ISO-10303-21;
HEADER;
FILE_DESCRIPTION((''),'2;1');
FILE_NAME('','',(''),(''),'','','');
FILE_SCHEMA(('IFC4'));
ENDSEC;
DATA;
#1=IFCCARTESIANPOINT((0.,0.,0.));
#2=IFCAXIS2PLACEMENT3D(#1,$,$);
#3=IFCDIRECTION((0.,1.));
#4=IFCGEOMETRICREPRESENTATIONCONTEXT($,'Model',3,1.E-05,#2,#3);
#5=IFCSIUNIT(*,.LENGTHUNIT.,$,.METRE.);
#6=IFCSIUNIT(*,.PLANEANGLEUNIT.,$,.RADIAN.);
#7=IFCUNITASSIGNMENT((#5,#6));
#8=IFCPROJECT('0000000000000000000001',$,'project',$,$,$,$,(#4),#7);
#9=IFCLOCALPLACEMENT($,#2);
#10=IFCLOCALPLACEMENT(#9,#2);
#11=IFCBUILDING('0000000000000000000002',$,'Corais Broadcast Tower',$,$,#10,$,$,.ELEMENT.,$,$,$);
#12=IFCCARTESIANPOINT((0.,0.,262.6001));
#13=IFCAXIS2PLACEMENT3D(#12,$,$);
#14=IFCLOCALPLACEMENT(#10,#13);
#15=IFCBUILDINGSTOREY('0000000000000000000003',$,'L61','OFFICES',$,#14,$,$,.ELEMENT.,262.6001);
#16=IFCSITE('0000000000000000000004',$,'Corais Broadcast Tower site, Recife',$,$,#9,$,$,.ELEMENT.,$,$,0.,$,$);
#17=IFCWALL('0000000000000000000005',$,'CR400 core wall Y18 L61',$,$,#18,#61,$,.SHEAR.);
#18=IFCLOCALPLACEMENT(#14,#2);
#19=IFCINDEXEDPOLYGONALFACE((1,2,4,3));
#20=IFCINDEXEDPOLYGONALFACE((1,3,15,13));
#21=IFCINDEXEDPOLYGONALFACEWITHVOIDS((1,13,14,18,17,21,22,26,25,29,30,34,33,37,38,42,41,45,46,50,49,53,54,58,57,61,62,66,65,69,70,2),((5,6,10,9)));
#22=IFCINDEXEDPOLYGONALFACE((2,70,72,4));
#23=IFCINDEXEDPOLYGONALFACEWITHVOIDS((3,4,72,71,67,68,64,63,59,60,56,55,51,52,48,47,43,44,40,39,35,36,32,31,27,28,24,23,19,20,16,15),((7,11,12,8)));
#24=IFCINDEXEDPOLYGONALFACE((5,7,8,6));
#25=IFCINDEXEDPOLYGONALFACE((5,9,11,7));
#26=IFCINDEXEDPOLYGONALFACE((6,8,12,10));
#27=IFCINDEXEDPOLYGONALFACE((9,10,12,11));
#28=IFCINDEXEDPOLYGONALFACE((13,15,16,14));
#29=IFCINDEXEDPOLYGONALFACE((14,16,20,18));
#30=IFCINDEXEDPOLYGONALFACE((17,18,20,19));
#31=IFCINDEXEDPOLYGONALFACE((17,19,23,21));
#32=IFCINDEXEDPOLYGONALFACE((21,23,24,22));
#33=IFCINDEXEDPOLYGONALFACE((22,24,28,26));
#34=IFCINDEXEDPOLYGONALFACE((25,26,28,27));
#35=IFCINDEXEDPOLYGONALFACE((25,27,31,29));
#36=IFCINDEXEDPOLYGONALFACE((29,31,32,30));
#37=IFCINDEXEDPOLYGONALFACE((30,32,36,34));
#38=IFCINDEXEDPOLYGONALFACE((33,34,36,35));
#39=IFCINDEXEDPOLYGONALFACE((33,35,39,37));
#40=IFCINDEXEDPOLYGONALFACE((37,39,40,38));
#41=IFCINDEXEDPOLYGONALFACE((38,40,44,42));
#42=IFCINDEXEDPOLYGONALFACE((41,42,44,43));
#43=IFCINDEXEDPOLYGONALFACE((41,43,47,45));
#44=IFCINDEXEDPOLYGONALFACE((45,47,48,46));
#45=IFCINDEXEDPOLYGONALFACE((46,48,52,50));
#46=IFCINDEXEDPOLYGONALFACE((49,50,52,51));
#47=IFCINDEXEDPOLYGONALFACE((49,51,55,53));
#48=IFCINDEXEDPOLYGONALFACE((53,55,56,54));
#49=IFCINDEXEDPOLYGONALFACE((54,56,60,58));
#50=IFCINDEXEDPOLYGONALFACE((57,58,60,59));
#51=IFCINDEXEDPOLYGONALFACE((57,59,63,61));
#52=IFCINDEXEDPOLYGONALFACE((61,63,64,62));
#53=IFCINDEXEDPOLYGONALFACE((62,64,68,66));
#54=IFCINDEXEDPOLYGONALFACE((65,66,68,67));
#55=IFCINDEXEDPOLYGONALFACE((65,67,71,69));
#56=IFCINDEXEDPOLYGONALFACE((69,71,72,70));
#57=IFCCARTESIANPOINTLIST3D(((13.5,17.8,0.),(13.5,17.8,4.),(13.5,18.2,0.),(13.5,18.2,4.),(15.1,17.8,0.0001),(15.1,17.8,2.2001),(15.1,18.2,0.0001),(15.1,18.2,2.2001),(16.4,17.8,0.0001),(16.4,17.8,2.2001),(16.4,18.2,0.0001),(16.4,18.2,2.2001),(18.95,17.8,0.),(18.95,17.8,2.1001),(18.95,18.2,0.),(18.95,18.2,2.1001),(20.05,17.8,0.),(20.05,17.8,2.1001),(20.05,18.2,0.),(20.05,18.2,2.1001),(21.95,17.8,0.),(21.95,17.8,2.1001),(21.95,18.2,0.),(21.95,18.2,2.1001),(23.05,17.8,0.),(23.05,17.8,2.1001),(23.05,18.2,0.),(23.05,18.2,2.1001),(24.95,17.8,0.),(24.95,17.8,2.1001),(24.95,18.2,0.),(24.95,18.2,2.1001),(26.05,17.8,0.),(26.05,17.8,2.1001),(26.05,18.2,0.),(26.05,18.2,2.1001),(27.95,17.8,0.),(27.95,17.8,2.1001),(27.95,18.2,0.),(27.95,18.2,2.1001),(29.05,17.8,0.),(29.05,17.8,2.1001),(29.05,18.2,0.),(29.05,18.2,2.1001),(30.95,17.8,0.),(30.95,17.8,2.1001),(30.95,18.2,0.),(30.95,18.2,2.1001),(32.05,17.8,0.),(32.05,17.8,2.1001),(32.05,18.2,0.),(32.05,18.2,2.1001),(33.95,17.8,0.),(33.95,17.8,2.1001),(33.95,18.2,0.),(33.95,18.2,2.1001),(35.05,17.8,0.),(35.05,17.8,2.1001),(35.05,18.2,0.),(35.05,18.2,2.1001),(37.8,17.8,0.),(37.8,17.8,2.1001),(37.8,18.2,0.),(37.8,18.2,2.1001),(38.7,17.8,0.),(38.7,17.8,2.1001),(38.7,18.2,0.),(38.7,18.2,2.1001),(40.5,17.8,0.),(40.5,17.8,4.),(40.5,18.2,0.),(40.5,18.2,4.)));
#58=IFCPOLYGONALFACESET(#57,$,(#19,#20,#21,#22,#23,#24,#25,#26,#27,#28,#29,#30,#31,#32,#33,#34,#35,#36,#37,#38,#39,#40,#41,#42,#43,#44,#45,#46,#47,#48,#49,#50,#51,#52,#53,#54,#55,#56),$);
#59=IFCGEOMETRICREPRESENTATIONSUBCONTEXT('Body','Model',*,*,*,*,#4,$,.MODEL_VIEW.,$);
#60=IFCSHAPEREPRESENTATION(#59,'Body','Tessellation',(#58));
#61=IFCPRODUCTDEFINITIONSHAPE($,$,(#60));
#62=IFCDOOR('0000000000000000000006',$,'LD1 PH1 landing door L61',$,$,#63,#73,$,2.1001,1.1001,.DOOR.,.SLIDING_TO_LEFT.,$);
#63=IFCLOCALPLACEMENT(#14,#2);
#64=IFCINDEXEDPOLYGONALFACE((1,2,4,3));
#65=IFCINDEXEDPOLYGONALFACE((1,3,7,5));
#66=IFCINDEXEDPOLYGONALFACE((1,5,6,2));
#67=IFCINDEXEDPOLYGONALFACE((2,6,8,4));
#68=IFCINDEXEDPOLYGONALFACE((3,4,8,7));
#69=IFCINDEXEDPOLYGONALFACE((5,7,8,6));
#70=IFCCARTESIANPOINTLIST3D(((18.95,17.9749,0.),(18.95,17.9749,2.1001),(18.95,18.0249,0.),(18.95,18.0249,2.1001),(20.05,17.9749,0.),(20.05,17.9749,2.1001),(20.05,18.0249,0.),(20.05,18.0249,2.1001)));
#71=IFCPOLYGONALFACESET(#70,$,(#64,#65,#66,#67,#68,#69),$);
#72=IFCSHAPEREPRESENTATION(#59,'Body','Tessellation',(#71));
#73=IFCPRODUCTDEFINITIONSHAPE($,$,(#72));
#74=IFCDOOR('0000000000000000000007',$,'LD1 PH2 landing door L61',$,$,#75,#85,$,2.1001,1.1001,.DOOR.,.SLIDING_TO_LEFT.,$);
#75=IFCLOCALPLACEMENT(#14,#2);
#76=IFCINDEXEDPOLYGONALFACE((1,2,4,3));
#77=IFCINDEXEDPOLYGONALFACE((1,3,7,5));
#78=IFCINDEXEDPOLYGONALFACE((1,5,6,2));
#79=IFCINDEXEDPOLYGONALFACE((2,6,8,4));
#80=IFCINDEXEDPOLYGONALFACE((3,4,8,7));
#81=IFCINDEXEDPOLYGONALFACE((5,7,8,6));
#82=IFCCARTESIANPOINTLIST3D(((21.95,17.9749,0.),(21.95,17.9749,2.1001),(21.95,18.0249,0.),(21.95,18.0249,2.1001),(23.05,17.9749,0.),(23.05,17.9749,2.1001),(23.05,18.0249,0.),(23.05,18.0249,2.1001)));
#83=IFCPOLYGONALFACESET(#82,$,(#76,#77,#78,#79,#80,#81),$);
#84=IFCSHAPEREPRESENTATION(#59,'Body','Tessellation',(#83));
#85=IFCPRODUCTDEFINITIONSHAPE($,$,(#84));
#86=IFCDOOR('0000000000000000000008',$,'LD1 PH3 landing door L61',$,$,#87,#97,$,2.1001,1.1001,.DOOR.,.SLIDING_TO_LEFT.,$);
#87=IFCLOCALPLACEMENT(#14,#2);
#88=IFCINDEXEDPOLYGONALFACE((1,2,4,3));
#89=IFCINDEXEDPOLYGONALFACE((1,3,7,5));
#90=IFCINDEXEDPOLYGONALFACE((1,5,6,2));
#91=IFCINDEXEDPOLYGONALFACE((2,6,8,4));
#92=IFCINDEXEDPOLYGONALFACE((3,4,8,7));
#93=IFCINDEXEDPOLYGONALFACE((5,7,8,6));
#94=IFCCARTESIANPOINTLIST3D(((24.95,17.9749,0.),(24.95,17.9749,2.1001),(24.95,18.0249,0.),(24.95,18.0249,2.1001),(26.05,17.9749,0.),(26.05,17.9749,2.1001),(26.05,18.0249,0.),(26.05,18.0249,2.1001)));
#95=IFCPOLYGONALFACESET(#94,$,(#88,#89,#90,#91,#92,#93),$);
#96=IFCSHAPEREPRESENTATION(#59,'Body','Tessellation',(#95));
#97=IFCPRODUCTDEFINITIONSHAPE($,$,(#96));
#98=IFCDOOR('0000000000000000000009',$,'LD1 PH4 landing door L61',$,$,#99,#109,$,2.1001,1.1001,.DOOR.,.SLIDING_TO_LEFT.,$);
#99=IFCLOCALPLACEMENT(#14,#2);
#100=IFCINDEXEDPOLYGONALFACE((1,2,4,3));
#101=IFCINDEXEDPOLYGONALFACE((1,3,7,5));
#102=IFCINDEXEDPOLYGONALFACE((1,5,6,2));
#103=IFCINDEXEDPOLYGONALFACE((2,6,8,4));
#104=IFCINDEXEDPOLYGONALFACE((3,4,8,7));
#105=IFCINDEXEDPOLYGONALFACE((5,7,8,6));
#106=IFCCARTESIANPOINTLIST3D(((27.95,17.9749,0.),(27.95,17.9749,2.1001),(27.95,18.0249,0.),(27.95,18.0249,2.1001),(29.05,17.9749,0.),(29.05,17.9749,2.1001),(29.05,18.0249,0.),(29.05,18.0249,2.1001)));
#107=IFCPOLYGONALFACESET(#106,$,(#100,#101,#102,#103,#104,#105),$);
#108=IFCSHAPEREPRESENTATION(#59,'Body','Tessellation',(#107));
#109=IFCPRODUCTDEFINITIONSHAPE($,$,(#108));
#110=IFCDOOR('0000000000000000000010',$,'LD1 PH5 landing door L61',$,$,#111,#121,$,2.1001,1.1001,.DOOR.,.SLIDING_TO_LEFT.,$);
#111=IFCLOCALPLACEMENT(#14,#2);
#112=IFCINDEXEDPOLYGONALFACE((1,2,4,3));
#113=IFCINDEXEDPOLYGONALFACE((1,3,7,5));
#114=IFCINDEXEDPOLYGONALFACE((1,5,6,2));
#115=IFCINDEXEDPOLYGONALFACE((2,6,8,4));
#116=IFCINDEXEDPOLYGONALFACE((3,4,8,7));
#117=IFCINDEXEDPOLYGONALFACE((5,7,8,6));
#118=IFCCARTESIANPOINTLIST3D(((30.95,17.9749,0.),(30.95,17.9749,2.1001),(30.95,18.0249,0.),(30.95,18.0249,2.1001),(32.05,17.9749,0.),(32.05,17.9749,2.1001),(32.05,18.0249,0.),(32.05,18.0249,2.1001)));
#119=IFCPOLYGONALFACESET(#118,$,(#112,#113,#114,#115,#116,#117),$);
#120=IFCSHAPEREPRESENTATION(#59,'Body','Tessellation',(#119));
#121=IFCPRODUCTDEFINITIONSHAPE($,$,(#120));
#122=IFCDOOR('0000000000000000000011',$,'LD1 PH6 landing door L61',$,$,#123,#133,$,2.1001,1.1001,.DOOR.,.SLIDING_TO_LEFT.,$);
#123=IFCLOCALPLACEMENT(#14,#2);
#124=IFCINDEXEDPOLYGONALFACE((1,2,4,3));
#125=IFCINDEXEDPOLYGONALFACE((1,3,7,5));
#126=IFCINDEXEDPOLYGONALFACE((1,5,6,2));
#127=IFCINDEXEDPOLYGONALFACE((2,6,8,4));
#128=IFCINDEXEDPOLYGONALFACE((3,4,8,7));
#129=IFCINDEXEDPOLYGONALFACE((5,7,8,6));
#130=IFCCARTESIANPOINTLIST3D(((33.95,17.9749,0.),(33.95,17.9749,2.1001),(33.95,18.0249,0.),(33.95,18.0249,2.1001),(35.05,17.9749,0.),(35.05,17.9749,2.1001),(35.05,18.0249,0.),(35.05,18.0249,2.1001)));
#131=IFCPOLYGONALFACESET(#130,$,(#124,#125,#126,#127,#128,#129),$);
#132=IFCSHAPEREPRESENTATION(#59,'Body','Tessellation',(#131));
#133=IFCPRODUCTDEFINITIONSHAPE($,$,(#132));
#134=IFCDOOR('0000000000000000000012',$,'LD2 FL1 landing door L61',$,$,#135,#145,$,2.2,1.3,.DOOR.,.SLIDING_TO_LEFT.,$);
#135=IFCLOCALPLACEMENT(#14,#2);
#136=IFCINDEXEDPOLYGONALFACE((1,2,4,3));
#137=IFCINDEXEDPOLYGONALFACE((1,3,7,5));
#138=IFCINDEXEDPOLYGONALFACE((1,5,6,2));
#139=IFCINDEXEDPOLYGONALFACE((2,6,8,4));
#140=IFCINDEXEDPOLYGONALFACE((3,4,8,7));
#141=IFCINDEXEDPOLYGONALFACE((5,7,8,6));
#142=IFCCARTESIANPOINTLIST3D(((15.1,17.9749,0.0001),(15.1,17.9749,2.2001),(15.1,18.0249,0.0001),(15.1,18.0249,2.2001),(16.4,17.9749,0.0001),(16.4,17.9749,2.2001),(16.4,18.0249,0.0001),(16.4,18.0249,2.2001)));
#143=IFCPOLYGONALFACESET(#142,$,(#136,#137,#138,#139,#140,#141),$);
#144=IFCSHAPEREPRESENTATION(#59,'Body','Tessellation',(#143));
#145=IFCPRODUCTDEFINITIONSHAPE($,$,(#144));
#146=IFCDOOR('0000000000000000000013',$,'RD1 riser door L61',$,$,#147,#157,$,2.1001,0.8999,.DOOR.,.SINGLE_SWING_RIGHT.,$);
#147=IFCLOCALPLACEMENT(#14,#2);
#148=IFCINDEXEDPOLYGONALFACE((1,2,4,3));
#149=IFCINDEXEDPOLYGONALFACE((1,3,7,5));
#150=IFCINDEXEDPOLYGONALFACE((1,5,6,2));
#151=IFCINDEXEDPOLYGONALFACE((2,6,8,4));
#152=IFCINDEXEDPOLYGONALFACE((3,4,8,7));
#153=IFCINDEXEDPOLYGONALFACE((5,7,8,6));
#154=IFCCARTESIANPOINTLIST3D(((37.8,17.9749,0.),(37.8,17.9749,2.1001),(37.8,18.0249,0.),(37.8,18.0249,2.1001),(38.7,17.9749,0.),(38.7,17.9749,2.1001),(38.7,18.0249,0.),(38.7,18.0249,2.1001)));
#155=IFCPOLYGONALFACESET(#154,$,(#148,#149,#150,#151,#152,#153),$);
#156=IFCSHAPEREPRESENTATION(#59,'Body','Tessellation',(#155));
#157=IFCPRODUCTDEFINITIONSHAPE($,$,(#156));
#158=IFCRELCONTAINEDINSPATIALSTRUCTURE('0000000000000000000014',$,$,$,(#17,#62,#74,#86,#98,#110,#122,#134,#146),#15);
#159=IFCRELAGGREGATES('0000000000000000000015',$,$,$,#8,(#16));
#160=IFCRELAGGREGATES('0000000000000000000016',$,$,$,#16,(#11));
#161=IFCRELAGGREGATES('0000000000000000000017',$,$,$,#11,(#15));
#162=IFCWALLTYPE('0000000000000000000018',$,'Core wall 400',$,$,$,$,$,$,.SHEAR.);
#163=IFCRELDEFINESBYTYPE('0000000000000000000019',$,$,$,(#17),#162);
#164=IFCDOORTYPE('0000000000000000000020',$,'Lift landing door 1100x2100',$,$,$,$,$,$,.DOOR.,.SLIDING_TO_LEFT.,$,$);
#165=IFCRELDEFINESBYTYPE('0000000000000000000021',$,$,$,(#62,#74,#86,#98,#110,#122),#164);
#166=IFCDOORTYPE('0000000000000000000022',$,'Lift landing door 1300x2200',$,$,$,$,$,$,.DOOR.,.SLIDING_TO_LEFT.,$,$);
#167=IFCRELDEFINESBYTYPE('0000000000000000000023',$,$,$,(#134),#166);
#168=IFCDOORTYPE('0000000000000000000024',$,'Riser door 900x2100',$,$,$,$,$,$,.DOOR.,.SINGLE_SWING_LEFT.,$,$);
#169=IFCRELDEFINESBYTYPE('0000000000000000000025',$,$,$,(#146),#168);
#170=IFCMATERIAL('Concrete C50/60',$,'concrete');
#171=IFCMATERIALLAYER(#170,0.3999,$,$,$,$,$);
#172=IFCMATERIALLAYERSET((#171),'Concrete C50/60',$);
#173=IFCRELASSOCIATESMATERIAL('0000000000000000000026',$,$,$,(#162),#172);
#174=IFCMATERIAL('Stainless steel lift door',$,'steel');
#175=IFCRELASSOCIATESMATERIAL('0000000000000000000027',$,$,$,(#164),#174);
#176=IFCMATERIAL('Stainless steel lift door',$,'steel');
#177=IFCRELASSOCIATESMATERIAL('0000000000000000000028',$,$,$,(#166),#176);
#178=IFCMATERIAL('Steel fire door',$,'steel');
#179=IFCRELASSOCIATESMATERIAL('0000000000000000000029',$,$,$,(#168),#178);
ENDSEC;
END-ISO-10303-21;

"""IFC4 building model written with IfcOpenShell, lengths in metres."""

from ifc_helpers import new_model, si_unit, direction, frame, frame_2d, origin, place, context, subcontext, project, spatial, rectangle, extrude, material, layer, layer_set, type_object, element, fill, save


model = new_model("IFC4")

# Units and contexts
model_context = context("Model", 3, precision=1e-05, world=origin(), true_north=direction((0.0, 1.0)))
body_context = subcontext(model_context, "Body", "Model", "MODEL_VIEW")
ifc_project = project(units=[si_unit("LENGTHUNIT", "METRE"), si_unit("PLANEANGLEUNIT", "RADIAN")], contexts=[model_context])

# Site, building, storey
site_placement = place(None, origin())
site = spatial("IfcSite", under=ifc_project, at=site_placement, Name="Corais Broadcast Tower site, Recife", CompositionType="ELEMENT", RefElevation=0.0)
building_placement = place(site_placement, origin())
building = spatial("IfcBuilding", under=site, at=building_placement, Name="Corais Broadcast Tower", CompositionType="ELEMENT")
storey_placement = place(building_placement, frame((0.0, 0.0, 262.6001)))
storey = spatial("IfcBuildingStorey", under=building, at=storey_placement, Name="L61", Description="OFFICES", CompositionType="ELEMENT", Elevation=262.6001)

# Wall, openings, doors
ifc_material_1 = material(Name="Concrete C50/60", Category="concrete")
ifc_layer_1 = layer(ifc_material_1, 0.3999)
ifc_layer_set_1 = layer_set([ifc_layer_1], Name="Concrete C50/60")
wall_type_1 = type_object("IfcWallType", Name="Core wall 400", PredefinedType="SHEAR", material=ifc_layer_set_1)
wall_1_placement = place(storey_placement, frame((13.5, 18.0, 0.0), z_axis=(0.0, 0.0, 1.0), x_axis=(1.0, 0.0, 0.0)))
wall_1 = element("IfcWall", 1, at=wall_1_placement, inside=storey, type_object=wall_type_1, Name="CR400 core wall Y18 L61", PredefinedType="SHEAR", context=body_context, shape_type="SweptSolid", body=[
    extrude(rectangle(XDim=27.0, YDim=0.3999, at=frame_2d((13.5, 0.0))), origin(), (0.0, 0.0, 1.0), 4.0),
])
opening_1_placement = place(wall_1_placement, frame((24.3, 0.0, 0.0)))
opening_1 = element("IfcOpeningElement", 2, at=opening_1_placement, cuts=wall_1, PredefinedType="OPENING", context=body_context, shape_type="SweptSolid", body=[
    extrude(rectangle(XDim=0.8999, YDim=2.1001, at=frame_2d((0.45, 1.05))), frame((0.0, 0.21, 0.0), z_axis=(0.0, -1.0, 0.0), x_axis=(1.0, 0.0, 0.0)), (0.0, 0.0, 1.0), 0.4199),
])
opening_2_placement = place(wall_1_placement, frame((5.45, 0.0, 0.0)))
opening_2 = element("IfcOpeningElement", 3, at=opening_2_placement, cuts=wall_1, PredefinedType="OPENING", context=body_context, shape_type="SweptSolid", body=[
    extrude(rectangle(XDim=1.1001, YDim=2.1001, at=frame_2d((0.55, 1.05))), frame((0.0, 0.21, 0.0), z_axis=(0.0, -1.0, 0.0), x_axis=(1.0, 0.0, 0.0)), (0.0, 0.0, 1.0), 0.4199),
])
opening_3_placement = place(wall_1_placement, frame((8.45, 0.0, 0.0)))
opening_3 = element("IfcOpeningElement", 4, at=opening_3_placement, cuts=wall_1, PredefinedType="OPENING", context=body_context, shape_type="SweptSolid", body=[
    extrude(rectangle(XDim=1.1001, YDim=2.1001, at=frame_2d((0.55, 1.05))), frame((0.0, 0.21, 0.0), z_axis=(0.0, -1.0, 0.0), x_axis=(1.0, 0.0, 0.0)), (0.0, 0.0, 1.0), 0.4199),
])
opening_4_placement = place(wall_1_placement, frame((11.45, 0.0, 0.0)))
opening_4 = element("IfcOpeningElement", 5, at=opening_4_placement, cuts=wall_1, PredefinedType="OPENING", context=body_context, shape_type="SweptSolid", body=[
    extrude(rectangle(XDim=1.1001, YDim=2.1001, at=frame_2d((0.55, 1.05))), frame((0.0, 0.21, 0.0), z_axis=(0.0, -1.0, 0.0), x_axis=(1.0, 0.0, 0.0)), (0.0, 0.0, 1.0), 0.4199),
])
opening_5_placement = place(wall_1_placement, frame((14.45, 0.0, 0.0)))
opening_5 = element("IfcOpeningElement", 6, at=opening_5_placement, cuts=wall_1, PredefinedType="OPENING", context=body_context, shape_type="SweptSolid", body=[
    extrude(rectangle(XDim=1.1001, YDim=2.1001, at=frame_2d((0.55, 1.05))), frame((0.0, 0.21, 0.0), z_axis=(0.0, -1.0, 0.0), x_axis=(1.0, 0.0, 0.0)), (0.0, 0.0, 1.0), 0.4199),
])
opening_6_placement = place(wall_1_placement, frame((17.45, 0.0, 0.0)))
opening_6 = element("IfcOpeningElement", 7, at=opening_6_placement, cuts=wall_1, PredefinedType="OPENING", context=body_context, shape_type="SweptSolid", body=[
    extrude(rectangle(XDim=1.1001, YDim=2.1001, at=frame_2d((0.55, 1.05))), frame((0.0, 0.21, 0.0), z_axis=(0.0, -1.0, 0.0), x_axis=(1.0, 0.0, 0.0)), (0.0, 0.0, 1.0), 0.4199),
])
opening_7_placement = place(wall_1_placement, frame((20.45, 0.0, 0.0)))
opening_7 = element("IfcOpeningElement", 8, at=opening_7_placement, cuts=wall_1, PredefinedType="OPENING", context=body_context, shape_type="SweptSolid", body=[
    extrude(rectangle(XDim=1.1001, YDim=2.1001, at=frame_2d((0.55, 1.05))), frame((0.0, 0.21, 0.0), z_axis=(0.0, -1.0, 0.0), x_axis=(1.0, 0.0, 0.0)), (0.0, 0.0, 1.0), 0.4199),
])
opening_8_placement = place(wall_1_placement, frame((1.6001, 0.0, 0.0)))
opening_8 = element("IfcOpeningElement", 9, at=opening_8_placement, cuts=wall_1, PredefinedType="OPENING", context=body_context, shape_type="SweptSolid", body=[
    extrude(rectangle(XDim=1.3, YDim=2.2, at=frame_2d((0.6499, 1.1001))), frame((0.0, 0.21, 0.0), z_axis=(0.0, -1.0, 0.0), x_axis=(1.0, 0.0, 0.0)), (0.0, 0.0, 1.0), 0.4199),
])
ifc_material_2 = material(Name="Stainless steel lift door", Category="steel")
door_type_1 = type_object("IfcDoorType", Name="Lift landing door 1100x2100", OperationType="SLIDING_TO_LEFT", PredefinedType="DOOR", material=ifc_material_2)
door_1_placement = place(opening_2_placement, origin())
door_1 = element("IfcDoor", 10, at=door_1_placement, inside=storey, type_object=door_type_1, Name="LD1 PH1 landing door L61", OperationType="SLIDING_TO_LEFT", OverallHeight=2.1001, OverallWidth=1.1001, PredefinedType="DOOR", context=body_context, shape_type="SweptSolid", body=[
    extrude(rectangle(XDim=1.1001, YDim=2.1001, at=frame_2d((0.55, 1.05))), frame((0.0, 0.0249, 0.0), z_axis=(0.0, -1.0, 0.0), x_axis=(1.0, 0.0, 0.0)), (0.0, 0.0, 1.0), 0.05),
])
fill(opening_2, door_1)
door_2_placement = place(opening_3_placement, origin())
door_2 = element("IfcDoor", 11, at=door_2_placement, inside=storey, type_object=door_type_1, Name="LD1 PH2 landing door L61", OperationType="SLIDING_TO_LEFT", OverallHeight=2.1001, OverallWidth=1.1001, PredefinedType="DOOR", context=body_context, shape_type="SweptSolid", body=[
    extrude(rectangle(XDim=1.1001, YDim=2.1001, at=frame_2d((0.55, 1.05))), frame((0.0, 0.0249, 0.0), z_axis=(0.0, -1.0, 0.0), x_axis=(1.0, 0.0, 0.0)), (0.0, 0.0, 1.0), 0.05),
])
fill(opening_3, door_2)
door_3_placement = place(opening_4_placement, origin())
door_3 = element("IfcDoor", 12, at=door_3_placement, inside=storey, type_object=door_type_1, Name="LD1 PH3 landing door L61", OperationType="SLIDING_TO_LEFT", OverallHeight=2.1001, OverallWidth=1.1001, PredefinedType="DOOR", context=body_context, shape_type="SweptSolid", body=[
    extrude(rectangle(XDim=1.1001, YDim=2.1001, at=frame_2d((0.55, 1.05))), frame((0.0, 0.0249, 0.0), z_axis=(0.0, -1.0, 0.0), x_axis=(1.0, 0.0, 0.0)), (0.0, 0.0, 1.0), 0.05),
])
fill(opening_4, door_3)
door_4_placement = place(opening_5_placement, origin())
door_4 = element("IfcDoor", 13, at=door_4_placement, inside=storey, type_object=door_type_1, Name="LD1 PH4 landing door L61", OperationType="SLIDING_TO_LEFT", OverallHeight=2.1001, OverallWidth=1.1001, PredefinedType="DOOR", context=body_context, shape_type="SweptSolid", body=[
    extrude(rectangle(XDim=1.1001, YDim=2.1001, at=frame_2d((0.55, 1.05))), frame((0.0, 0.0249, 0.0), z_axis=(0.0, -1.0, 0.0), x_axis=(1.0, 0.0, 0.0)), (0.0, 0.0, 1.0), 0.05),
])
fill(opening_5, door_4)
door_5_placement = place(opening_6_placement, origin())
door_5 = element("IfcDoor", 14, at=door_5_placement, inside=storey, type_object=door_type_1, Name="LD1 PH5 landing door L61", OperationType="SLIDING_TO_LEFT", OverallHeight=2.1001, OverallWidth=1.1001, PredefinedType="DOOR", context=body_context, shape_type="SweptSolid", body=[
    extrude(rectangle(XDim=1.1001, YDim=2.1001, at=frame_2d((0.55, 1.05))), frame((0.0, 0.0249, 0.0), z_axis=(0.0, -1.0, 0.0), x_axis=(1.0, 0.0, 0.0)), (0.0, 0.0, 1.0), 0.05),
])
fill(opening_6, door_5)
door_6_placement = place(opening_7_placement, origin())
door_6 = element("IfcDoor", 15, at=door_6_placement, inside=storey, type_object=door_type_1, Name="LD1 PH6 landing door L61", OperationType="SLIDING_TO_LEFT", OverallHeight=2.1001, OverallWidth=1.1001, PredefinedType="DOOR", context=body_context, shape_type="SweptSolid", body=[
    extrude(rectangle(XDim=1.1001, YDim=2.1001, at=frame_2d((0.55, 1.05))), frame((0.0, 0.0249, 0.0), z_axis=(0.0, -1.0, 0.0), x_axis=(1.0, 0.0, 0.0)), (0.0, 0.0, 1.0), 0.05),
])
fill(opening_7, door_6)
ifc_material_3 = material(Name="Stainless steel lift door", Category="steel")
door_type_2 = type_object("IfcDoorType", Name="Lift landing door 1300x2200", OperationType="SLIDING_TO_LEFT", PredefinedType="DOOR", material=ifc_material_3)
door_7_placement = place(opening_8_placement, origin())
door_7 = element("IfcDoor", 16, at=door_7_placement, inside=storey, type_object=door_type_2, Name="LD2 FL1 landing door L61", OperationType="SLIDING_TO_LEFT", OverallHeight=2.2, OverallWidth=1.3, PredefinedType="DOOR", context=body_context, shape_type="SweptSolid", body=[
    extrude(rectangle(XDim=1.3, YDim=2.2, at=frame_2d((0.6499, 1.1001))), frame((0.0, 0.0249, 0.0), z_axis=(0.0, -1.0, 0.0), x_axis=(1.0, 0.0, 0.0)), (0.0, 0.0, 1.0), 0.05),
])
fill(opening_8, door_7)
ifc_material_4 = material(Name="Steel fire door", Category="steel")
door_type_3 = type_object("IfcDoorType", Name="Riser door 900x2100", OperationType="SINGLE_SWING_LEFT", PredefinedType="DOOR", material=ifc_material_4)
door_8_placement = place(opening_1_placement, origin())
door_8 = element("IfcDoor", 17, at=door_8_placement, inside=storey, type_object=door_type_3, Name="RD1 riser door L61", OperationType="SINGLE_SWING_RIGHT", OverallHeight=2.1001, OverallWidth=0.8999, PredefinedType="DOOR", context=body_context, shape_type="SweptSolid", body=[
    extrude(rectangle(XDim=0.8999, YDim=2.1001, at=frame_2d((0.45, 1.05))), frame((0.0, 0.0249, 0.0), z_axis=(0.0, -1.0, 0.0), x_axis=(1.0, 0.0, 0.0)), (0.0, 0.0, 1.0), 0.05),
])
fill(opening_1, door_8)

save(model, "model.ifc")
